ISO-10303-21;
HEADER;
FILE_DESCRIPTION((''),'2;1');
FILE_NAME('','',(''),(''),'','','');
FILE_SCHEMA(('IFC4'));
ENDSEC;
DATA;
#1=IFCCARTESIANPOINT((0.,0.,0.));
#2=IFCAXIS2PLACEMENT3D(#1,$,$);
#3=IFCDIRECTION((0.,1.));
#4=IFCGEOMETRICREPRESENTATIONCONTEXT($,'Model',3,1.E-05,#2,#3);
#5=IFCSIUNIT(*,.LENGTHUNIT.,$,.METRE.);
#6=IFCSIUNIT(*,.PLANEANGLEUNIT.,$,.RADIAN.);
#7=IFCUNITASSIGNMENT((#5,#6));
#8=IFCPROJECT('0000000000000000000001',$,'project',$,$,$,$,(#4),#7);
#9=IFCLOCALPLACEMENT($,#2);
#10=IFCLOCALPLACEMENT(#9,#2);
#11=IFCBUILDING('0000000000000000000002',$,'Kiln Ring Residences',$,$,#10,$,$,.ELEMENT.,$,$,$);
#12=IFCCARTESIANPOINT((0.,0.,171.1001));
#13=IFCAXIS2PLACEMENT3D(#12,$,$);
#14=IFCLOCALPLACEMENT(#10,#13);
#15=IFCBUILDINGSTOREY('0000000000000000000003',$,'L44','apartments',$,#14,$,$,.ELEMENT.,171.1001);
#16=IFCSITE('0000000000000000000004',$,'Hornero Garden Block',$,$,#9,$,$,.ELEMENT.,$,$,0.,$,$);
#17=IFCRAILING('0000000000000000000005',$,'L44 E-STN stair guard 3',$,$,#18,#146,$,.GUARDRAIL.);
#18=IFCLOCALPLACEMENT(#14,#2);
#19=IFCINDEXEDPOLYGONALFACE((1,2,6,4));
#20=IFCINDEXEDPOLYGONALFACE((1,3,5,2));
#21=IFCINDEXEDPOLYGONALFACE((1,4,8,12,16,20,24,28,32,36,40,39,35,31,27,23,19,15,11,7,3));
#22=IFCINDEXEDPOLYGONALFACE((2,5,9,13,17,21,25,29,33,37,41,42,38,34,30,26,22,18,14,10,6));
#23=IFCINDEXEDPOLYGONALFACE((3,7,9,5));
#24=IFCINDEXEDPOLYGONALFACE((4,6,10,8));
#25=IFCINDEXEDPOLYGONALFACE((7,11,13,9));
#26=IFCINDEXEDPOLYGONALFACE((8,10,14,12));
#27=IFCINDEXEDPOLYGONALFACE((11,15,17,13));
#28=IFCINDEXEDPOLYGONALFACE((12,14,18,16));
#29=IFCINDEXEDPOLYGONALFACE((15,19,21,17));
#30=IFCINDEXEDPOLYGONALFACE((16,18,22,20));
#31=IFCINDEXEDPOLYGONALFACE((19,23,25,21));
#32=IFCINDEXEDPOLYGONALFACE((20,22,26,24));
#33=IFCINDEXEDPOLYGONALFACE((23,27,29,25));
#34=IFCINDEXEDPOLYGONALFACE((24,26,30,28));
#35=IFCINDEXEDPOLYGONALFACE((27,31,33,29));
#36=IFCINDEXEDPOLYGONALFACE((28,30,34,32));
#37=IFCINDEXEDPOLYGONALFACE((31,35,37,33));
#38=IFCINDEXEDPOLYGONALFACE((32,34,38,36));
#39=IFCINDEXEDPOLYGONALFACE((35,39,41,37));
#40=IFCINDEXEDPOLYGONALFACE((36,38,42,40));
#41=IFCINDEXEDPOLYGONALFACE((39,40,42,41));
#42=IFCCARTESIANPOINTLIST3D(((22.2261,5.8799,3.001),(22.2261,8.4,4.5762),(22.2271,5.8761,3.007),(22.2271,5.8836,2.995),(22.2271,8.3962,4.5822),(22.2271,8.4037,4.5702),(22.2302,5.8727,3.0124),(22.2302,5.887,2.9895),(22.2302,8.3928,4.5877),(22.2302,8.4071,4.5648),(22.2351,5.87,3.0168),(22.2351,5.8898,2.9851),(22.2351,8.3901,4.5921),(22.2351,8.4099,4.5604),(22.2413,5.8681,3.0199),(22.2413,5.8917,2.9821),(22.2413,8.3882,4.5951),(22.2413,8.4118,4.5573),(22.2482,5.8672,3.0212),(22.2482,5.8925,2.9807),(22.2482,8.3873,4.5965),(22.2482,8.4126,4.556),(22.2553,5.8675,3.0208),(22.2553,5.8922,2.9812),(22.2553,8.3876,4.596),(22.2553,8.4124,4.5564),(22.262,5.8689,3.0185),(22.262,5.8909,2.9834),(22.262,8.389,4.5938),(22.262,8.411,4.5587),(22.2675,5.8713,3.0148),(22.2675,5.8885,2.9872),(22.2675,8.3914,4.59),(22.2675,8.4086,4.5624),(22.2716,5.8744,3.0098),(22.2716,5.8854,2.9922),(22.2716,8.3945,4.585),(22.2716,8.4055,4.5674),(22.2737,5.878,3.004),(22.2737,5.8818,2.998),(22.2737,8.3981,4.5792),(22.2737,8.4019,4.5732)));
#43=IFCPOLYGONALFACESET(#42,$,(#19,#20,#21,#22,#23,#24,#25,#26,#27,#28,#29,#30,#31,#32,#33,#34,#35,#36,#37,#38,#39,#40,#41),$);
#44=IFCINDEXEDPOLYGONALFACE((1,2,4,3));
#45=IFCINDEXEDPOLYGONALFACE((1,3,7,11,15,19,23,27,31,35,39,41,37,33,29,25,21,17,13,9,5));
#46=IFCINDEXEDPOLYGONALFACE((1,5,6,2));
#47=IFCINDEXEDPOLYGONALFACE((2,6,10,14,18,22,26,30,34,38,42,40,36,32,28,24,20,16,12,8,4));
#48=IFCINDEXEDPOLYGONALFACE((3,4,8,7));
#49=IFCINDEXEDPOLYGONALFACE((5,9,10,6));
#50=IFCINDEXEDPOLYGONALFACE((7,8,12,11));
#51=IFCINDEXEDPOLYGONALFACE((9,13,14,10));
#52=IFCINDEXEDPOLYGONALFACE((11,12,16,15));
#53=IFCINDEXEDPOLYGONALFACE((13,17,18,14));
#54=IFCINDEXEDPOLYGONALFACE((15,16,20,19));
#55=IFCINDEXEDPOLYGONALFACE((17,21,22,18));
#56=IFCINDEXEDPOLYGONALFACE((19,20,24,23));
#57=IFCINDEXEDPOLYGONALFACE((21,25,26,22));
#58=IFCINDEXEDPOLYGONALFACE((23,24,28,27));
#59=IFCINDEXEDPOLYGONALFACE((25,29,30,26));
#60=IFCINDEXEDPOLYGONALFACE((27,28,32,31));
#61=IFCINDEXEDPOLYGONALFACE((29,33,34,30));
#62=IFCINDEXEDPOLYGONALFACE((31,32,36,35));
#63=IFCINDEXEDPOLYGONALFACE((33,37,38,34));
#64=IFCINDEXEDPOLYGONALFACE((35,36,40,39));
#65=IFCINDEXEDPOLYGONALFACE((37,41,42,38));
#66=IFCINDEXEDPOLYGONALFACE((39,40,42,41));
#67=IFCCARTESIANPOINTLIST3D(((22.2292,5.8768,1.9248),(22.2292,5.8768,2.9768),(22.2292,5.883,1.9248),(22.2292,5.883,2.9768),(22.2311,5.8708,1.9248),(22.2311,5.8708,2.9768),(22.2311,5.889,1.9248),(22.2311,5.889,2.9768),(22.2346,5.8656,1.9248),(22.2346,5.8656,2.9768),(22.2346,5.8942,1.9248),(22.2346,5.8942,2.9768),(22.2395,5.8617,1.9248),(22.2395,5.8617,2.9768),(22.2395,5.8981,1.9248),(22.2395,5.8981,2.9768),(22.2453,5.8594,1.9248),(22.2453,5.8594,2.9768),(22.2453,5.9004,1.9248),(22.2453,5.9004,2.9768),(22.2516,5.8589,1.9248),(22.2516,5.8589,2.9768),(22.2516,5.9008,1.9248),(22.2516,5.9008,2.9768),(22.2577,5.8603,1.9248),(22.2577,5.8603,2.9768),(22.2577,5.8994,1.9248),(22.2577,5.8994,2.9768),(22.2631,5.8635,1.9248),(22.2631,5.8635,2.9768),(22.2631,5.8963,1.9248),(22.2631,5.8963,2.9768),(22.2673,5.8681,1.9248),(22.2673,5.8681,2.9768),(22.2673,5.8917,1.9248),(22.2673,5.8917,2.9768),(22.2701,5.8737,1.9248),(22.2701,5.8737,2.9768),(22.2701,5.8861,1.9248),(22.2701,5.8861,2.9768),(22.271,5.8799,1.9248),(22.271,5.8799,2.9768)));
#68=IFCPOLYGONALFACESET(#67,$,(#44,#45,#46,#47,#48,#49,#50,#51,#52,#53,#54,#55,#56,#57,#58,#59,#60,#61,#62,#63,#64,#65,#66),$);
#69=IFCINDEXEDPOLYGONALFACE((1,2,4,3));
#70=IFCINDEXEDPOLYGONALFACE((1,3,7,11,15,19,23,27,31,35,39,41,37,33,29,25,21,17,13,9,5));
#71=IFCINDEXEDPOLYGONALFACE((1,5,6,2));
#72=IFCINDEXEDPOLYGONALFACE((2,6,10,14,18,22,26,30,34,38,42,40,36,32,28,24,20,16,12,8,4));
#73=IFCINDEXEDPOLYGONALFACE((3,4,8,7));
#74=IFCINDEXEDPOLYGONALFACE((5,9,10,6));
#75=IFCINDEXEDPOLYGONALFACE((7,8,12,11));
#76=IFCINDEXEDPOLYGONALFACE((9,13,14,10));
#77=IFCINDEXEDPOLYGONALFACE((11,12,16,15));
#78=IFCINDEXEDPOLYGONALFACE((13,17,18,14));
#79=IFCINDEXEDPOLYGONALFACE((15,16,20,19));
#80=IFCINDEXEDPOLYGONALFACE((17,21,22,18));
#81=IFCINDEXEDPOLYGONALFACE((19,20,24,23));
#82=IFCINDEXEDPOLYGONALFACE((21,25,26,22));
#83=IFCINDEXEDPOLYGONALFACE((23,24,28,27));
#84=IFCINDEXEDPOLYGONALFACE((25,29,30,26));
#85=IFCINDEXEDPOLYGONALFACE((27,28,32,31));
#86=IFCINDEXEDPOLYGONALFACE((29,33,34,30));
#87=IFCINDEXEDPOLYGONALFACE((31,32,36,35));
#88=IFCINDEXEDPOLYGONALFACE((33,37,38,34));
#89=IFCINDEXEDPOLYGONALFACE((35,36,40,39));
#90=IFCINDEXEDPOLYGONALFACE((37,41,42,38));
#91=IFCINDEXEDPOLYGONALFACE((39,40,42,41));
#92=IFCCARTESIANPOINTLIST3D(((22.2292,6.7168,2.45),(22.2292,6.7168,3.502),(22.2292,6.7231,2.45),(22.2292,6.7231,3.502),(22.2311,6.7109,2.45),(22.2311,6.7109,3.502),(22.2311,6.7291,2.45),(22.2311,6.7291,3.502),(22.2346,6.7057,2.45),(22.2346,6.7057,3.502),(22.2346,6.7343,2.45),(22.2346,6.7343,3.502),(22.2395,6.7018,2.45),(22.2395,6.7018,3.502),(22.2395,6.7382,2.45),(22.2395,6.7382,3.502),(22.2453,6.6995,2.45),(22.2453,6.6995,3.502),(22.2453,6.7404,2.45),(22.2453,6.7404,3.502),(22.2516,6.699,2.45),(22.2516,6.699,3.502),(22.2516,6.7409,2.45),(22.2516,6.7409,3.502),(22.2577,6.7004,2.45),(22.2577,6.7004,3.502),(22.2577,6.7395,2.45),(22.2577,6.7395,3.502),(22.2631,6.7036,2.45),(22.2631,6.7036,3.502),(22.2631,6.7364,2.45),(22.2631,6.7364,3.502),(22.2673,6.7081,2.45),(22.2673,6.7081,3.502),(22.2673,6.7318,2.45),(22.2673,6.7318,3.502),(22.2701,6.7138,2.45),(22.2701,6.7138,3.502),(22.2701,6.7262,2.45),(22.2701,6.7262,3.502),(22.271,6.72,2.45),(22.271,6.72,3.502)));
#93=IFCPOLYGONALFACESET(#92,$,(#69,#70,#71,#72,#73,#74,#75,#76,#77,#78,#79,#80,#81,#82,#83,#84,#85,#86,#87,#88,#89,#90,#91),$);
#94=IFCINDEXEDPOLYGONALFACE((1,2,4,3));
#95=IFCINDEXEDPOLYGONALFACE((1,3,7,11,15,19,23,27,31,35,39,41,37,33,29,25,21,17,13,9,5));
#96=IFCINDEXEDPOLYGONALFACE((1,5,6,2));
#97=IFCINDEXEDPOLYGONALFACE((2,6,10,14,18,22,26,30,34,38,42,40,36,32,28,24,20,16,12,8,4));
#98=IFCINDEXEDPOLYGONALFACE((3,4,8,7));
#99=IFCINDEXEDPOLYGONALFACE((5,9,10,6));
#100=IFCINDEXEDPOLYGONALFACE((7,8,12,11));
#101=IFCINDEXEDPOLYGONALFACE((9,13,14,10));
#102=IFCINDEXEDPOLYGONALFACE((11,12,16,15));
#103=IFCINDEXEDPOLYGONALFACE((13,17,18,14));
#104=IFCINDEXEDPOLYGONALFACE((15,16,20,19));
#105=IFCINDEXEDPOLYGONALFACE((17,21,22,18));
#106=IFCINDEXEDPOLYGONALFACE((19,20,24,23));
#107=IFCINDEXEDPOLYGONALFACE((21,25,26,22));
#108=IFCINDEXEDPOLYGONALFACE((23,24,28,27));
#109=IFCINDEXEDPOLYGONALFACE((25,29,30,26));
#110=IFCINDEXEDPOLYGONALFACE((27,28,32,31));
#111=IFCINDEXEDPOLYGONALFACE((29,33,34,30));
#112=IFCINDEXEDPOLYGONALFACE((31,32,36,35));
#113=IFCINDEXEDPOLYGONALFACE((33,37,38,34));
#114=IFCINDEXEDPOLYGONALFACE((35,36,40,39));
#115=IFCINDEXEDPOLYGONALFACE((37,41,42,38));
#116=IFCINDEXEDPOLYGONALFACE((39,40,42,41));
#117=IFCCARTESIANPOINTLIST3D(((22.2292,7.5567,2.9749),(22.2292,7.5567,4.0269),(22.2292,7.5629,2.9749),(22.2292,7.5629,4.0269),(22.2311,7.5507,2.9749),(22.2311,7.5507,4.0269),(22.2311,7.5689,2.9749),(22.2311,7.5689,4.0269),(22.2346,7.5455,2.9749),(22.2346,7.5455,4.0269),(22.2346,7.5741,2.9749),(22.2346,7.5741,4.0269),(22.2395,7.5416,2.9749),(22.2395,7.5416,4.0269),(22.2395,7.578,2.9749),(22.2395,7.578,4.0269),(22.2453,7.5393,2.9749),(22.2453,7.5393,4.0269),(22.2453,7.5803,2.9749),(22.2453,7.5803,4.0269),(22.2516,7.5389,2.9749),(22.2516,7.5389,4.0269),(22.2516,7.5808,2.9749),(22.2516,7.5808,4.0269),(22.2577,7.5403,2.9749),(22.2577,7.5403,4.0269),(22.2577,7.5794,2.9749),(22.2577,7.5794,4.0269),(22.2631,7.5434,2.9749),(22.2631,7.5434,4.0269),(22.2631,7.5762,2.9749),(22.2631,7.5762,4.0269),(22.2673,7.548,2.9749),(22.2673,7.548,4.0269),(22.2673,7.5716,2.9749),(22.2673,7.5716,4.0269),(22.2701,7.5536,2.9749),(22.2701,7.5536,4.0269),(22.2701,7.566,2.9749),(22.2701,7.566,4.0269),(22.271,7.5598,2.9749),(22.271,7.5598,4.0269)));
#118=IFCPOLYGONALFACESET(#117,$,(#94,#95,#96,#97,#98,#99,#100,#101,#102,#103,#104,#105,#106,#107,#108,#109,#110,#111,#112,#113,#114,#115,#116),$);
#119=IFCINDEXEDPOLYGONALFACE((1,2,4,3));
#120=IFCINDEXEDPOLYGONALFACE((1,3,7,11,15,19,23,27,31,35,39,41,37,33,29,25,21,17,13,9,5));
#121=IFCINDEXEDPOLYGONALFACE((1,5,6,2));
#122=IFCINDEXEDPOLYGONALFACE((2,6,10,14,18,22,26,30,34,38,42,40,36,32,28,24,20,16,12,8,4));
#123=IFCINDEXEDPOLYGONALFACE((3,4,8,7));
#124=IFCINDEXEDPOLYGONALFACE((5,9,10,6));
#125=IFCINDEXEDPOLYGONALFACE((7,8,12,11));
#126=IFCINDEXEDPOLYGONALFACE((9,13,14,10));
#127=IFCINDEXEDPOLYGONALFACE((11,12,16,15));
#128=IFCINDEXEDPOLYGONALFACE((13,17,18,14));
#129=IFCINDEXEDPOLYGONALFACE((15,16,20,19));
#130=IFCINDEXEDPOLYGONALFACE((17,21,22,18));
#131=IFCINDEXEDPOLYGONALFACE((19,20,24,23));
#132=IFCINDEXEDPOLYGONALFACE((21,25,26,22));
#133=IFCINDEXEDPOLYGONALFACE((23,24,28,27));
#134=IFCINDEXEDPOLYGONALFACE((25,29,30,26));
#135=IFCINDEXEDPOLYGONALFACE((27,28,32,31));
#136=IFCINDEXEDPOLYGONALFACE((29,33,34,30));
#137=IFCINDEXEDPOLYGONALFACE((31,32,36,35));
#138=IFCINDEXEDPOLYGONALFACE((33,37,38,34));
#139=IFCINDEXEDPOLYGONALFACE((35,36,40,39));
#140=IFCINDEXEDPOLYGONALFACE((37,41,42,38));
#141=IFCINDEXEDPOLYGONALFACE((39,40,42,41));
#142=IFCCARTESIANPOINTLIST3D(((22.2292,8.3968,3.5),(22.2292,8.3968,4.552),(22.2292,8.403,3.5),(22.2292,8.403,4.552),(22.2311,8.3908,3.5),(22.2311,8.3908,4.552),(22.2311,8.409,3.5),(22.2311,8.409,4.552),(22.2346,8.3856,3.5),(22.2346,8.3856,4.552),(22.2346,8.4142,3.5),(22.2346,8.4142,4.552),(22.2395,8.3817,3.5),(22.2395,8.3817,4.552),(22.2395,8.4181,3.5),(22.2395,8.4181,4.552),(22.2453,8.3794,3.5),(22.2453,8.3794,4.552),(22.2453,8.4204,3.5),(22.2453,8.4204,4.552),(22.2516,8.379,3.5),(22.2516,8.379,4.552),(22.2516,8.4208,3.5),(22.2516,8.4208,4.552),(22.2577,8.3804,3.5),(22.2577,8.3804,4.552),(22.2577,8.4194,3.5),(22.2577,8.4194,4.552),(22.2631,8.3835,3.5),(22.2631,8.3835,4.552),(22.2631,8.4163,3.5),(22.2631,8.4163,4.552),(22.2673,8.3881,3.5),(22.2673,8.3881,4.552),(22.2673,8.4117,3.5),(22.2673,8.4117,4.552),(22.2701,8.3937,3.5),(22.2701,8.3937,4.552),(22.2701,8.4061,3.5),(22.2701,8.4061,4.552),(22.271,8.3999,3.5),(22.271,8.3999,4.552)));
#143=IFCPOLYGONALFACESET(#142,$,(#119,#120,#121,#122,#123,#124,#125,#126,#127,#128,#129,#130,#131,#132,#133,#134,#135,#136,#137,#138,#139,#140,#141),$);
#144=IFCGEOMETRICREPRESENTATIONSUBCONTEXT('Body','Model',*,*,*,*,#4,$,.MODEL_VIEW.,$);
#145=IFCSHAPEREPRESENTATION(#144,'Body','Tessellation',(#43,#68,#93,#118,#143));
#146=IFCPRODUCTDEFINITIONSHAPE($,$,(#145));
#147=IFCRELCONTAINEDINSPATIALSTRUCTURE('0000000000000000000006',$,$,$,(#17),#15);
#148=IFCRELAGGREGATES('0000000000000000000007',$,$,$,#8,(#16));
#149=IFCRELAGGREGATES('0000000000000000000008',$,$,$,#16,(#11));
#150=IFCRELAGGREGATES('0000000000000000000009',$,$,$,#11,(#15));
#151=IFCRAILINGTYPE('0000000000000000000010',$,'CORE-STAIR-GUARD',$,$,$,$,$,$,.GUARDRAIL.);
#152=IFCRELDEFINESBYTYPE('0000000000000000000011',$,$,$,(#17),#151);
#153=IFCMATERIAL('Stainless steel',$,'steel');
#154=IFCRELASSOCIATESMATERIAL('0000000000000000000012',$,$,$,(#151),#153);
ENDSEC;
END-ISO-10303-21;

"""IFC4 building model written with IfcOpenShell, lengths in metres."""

from ifc_helpers import new_model, si_unit, direction, frame, origin, origin_2d, place, context, subcontext, project, spatial, circle, extrude, material, type_object, element, save


model = new_model("IFC4")

# Units and contexts
model_context = context("Model", 3, precision=1e-05, world=origin(), true_north=direction((0.0, 1.0)))
body_context = subcontext(model_context, "Body", "Model", "MODEL_VIEW")
ifc_project = project(units=[si_unit("LENGTHUNIT", "METRE"), si_unit("PLANEANGLEUNIT", "RADIAN")], contexts=[model_context])

# Site, building, storey
site_placement = place(None, origin())
site = spatial("IfcSite", under=ifc_project, at=site_placement, Name="Hornero Garden Block", CompositionType="ELEMENT", RefElevation=0.0)
building_placement = place(site_placement, origin())
building = spatial("IfcBuilding", under=site, at=building_placement, Name="Kiln Ring Residences", CompositionType="ELEMENT")
storey_placement = place(building_placement, frame((0.0, 0.0, 171.1001)))
storey = spatial("IfcBuildingStorey", under=building, at=storey_placement, Name="L44", Description="apartments", CompositionType="ELEMENT", Elevation=171.1001)

# Railing
ifc_material_1 = material(Name="Stainless steel", Category="steel")
railing_type_1 = type_object("IfcRailingType", Name="CORE-STAIR-GUARD", PredefinedType="GUARDRAIL", material=ifc_material_1)
railing_1_placement = place(storey_placement, frame((22.25, 5.8799, 1.9248)))
element("IfcRailing", 1, at=railing_1_placement, inside=storey, type_object=railing_type_1, Name="L44 E-STN stair guard 3", PredefinedType="GUARDRAIL", context=body_context, shape_type="SweptSolid", body=[
    extrude(circle(Radius=0.0239, at=origin_2d()), frame((0.0, 0.0, 1.0762), z_axis=(0.0, 0.847971, 0.530043), x_axis=(-1.0, 0.0, 0.0)), (0.0, 0.0, 1.0), 2.9719),
    extrude(circle(Radius=0.021, at=origin_2d()), origin(), (0.0, 0.0, 1.0), 1.052),
    extrude(circle(Radius=0.021, at=origin_2d()), frame((0.0, 0.8401, 0.5251)), (0.0, 0.0, 1.0), 1.052),
    extrude(circle(Radius=0.021, at=origin_2d()), frame((0.0, 1.6799, 1.05)), (0.0, 0.0, 1.0), 1.052),
    extrude(circle(Radius=0.021, at=origin_2d()), frame((0.0, 2.52, 1.5752)), (0.0, 0.0, 1.0), 1.052),
])

save(model, "model.ifc")
